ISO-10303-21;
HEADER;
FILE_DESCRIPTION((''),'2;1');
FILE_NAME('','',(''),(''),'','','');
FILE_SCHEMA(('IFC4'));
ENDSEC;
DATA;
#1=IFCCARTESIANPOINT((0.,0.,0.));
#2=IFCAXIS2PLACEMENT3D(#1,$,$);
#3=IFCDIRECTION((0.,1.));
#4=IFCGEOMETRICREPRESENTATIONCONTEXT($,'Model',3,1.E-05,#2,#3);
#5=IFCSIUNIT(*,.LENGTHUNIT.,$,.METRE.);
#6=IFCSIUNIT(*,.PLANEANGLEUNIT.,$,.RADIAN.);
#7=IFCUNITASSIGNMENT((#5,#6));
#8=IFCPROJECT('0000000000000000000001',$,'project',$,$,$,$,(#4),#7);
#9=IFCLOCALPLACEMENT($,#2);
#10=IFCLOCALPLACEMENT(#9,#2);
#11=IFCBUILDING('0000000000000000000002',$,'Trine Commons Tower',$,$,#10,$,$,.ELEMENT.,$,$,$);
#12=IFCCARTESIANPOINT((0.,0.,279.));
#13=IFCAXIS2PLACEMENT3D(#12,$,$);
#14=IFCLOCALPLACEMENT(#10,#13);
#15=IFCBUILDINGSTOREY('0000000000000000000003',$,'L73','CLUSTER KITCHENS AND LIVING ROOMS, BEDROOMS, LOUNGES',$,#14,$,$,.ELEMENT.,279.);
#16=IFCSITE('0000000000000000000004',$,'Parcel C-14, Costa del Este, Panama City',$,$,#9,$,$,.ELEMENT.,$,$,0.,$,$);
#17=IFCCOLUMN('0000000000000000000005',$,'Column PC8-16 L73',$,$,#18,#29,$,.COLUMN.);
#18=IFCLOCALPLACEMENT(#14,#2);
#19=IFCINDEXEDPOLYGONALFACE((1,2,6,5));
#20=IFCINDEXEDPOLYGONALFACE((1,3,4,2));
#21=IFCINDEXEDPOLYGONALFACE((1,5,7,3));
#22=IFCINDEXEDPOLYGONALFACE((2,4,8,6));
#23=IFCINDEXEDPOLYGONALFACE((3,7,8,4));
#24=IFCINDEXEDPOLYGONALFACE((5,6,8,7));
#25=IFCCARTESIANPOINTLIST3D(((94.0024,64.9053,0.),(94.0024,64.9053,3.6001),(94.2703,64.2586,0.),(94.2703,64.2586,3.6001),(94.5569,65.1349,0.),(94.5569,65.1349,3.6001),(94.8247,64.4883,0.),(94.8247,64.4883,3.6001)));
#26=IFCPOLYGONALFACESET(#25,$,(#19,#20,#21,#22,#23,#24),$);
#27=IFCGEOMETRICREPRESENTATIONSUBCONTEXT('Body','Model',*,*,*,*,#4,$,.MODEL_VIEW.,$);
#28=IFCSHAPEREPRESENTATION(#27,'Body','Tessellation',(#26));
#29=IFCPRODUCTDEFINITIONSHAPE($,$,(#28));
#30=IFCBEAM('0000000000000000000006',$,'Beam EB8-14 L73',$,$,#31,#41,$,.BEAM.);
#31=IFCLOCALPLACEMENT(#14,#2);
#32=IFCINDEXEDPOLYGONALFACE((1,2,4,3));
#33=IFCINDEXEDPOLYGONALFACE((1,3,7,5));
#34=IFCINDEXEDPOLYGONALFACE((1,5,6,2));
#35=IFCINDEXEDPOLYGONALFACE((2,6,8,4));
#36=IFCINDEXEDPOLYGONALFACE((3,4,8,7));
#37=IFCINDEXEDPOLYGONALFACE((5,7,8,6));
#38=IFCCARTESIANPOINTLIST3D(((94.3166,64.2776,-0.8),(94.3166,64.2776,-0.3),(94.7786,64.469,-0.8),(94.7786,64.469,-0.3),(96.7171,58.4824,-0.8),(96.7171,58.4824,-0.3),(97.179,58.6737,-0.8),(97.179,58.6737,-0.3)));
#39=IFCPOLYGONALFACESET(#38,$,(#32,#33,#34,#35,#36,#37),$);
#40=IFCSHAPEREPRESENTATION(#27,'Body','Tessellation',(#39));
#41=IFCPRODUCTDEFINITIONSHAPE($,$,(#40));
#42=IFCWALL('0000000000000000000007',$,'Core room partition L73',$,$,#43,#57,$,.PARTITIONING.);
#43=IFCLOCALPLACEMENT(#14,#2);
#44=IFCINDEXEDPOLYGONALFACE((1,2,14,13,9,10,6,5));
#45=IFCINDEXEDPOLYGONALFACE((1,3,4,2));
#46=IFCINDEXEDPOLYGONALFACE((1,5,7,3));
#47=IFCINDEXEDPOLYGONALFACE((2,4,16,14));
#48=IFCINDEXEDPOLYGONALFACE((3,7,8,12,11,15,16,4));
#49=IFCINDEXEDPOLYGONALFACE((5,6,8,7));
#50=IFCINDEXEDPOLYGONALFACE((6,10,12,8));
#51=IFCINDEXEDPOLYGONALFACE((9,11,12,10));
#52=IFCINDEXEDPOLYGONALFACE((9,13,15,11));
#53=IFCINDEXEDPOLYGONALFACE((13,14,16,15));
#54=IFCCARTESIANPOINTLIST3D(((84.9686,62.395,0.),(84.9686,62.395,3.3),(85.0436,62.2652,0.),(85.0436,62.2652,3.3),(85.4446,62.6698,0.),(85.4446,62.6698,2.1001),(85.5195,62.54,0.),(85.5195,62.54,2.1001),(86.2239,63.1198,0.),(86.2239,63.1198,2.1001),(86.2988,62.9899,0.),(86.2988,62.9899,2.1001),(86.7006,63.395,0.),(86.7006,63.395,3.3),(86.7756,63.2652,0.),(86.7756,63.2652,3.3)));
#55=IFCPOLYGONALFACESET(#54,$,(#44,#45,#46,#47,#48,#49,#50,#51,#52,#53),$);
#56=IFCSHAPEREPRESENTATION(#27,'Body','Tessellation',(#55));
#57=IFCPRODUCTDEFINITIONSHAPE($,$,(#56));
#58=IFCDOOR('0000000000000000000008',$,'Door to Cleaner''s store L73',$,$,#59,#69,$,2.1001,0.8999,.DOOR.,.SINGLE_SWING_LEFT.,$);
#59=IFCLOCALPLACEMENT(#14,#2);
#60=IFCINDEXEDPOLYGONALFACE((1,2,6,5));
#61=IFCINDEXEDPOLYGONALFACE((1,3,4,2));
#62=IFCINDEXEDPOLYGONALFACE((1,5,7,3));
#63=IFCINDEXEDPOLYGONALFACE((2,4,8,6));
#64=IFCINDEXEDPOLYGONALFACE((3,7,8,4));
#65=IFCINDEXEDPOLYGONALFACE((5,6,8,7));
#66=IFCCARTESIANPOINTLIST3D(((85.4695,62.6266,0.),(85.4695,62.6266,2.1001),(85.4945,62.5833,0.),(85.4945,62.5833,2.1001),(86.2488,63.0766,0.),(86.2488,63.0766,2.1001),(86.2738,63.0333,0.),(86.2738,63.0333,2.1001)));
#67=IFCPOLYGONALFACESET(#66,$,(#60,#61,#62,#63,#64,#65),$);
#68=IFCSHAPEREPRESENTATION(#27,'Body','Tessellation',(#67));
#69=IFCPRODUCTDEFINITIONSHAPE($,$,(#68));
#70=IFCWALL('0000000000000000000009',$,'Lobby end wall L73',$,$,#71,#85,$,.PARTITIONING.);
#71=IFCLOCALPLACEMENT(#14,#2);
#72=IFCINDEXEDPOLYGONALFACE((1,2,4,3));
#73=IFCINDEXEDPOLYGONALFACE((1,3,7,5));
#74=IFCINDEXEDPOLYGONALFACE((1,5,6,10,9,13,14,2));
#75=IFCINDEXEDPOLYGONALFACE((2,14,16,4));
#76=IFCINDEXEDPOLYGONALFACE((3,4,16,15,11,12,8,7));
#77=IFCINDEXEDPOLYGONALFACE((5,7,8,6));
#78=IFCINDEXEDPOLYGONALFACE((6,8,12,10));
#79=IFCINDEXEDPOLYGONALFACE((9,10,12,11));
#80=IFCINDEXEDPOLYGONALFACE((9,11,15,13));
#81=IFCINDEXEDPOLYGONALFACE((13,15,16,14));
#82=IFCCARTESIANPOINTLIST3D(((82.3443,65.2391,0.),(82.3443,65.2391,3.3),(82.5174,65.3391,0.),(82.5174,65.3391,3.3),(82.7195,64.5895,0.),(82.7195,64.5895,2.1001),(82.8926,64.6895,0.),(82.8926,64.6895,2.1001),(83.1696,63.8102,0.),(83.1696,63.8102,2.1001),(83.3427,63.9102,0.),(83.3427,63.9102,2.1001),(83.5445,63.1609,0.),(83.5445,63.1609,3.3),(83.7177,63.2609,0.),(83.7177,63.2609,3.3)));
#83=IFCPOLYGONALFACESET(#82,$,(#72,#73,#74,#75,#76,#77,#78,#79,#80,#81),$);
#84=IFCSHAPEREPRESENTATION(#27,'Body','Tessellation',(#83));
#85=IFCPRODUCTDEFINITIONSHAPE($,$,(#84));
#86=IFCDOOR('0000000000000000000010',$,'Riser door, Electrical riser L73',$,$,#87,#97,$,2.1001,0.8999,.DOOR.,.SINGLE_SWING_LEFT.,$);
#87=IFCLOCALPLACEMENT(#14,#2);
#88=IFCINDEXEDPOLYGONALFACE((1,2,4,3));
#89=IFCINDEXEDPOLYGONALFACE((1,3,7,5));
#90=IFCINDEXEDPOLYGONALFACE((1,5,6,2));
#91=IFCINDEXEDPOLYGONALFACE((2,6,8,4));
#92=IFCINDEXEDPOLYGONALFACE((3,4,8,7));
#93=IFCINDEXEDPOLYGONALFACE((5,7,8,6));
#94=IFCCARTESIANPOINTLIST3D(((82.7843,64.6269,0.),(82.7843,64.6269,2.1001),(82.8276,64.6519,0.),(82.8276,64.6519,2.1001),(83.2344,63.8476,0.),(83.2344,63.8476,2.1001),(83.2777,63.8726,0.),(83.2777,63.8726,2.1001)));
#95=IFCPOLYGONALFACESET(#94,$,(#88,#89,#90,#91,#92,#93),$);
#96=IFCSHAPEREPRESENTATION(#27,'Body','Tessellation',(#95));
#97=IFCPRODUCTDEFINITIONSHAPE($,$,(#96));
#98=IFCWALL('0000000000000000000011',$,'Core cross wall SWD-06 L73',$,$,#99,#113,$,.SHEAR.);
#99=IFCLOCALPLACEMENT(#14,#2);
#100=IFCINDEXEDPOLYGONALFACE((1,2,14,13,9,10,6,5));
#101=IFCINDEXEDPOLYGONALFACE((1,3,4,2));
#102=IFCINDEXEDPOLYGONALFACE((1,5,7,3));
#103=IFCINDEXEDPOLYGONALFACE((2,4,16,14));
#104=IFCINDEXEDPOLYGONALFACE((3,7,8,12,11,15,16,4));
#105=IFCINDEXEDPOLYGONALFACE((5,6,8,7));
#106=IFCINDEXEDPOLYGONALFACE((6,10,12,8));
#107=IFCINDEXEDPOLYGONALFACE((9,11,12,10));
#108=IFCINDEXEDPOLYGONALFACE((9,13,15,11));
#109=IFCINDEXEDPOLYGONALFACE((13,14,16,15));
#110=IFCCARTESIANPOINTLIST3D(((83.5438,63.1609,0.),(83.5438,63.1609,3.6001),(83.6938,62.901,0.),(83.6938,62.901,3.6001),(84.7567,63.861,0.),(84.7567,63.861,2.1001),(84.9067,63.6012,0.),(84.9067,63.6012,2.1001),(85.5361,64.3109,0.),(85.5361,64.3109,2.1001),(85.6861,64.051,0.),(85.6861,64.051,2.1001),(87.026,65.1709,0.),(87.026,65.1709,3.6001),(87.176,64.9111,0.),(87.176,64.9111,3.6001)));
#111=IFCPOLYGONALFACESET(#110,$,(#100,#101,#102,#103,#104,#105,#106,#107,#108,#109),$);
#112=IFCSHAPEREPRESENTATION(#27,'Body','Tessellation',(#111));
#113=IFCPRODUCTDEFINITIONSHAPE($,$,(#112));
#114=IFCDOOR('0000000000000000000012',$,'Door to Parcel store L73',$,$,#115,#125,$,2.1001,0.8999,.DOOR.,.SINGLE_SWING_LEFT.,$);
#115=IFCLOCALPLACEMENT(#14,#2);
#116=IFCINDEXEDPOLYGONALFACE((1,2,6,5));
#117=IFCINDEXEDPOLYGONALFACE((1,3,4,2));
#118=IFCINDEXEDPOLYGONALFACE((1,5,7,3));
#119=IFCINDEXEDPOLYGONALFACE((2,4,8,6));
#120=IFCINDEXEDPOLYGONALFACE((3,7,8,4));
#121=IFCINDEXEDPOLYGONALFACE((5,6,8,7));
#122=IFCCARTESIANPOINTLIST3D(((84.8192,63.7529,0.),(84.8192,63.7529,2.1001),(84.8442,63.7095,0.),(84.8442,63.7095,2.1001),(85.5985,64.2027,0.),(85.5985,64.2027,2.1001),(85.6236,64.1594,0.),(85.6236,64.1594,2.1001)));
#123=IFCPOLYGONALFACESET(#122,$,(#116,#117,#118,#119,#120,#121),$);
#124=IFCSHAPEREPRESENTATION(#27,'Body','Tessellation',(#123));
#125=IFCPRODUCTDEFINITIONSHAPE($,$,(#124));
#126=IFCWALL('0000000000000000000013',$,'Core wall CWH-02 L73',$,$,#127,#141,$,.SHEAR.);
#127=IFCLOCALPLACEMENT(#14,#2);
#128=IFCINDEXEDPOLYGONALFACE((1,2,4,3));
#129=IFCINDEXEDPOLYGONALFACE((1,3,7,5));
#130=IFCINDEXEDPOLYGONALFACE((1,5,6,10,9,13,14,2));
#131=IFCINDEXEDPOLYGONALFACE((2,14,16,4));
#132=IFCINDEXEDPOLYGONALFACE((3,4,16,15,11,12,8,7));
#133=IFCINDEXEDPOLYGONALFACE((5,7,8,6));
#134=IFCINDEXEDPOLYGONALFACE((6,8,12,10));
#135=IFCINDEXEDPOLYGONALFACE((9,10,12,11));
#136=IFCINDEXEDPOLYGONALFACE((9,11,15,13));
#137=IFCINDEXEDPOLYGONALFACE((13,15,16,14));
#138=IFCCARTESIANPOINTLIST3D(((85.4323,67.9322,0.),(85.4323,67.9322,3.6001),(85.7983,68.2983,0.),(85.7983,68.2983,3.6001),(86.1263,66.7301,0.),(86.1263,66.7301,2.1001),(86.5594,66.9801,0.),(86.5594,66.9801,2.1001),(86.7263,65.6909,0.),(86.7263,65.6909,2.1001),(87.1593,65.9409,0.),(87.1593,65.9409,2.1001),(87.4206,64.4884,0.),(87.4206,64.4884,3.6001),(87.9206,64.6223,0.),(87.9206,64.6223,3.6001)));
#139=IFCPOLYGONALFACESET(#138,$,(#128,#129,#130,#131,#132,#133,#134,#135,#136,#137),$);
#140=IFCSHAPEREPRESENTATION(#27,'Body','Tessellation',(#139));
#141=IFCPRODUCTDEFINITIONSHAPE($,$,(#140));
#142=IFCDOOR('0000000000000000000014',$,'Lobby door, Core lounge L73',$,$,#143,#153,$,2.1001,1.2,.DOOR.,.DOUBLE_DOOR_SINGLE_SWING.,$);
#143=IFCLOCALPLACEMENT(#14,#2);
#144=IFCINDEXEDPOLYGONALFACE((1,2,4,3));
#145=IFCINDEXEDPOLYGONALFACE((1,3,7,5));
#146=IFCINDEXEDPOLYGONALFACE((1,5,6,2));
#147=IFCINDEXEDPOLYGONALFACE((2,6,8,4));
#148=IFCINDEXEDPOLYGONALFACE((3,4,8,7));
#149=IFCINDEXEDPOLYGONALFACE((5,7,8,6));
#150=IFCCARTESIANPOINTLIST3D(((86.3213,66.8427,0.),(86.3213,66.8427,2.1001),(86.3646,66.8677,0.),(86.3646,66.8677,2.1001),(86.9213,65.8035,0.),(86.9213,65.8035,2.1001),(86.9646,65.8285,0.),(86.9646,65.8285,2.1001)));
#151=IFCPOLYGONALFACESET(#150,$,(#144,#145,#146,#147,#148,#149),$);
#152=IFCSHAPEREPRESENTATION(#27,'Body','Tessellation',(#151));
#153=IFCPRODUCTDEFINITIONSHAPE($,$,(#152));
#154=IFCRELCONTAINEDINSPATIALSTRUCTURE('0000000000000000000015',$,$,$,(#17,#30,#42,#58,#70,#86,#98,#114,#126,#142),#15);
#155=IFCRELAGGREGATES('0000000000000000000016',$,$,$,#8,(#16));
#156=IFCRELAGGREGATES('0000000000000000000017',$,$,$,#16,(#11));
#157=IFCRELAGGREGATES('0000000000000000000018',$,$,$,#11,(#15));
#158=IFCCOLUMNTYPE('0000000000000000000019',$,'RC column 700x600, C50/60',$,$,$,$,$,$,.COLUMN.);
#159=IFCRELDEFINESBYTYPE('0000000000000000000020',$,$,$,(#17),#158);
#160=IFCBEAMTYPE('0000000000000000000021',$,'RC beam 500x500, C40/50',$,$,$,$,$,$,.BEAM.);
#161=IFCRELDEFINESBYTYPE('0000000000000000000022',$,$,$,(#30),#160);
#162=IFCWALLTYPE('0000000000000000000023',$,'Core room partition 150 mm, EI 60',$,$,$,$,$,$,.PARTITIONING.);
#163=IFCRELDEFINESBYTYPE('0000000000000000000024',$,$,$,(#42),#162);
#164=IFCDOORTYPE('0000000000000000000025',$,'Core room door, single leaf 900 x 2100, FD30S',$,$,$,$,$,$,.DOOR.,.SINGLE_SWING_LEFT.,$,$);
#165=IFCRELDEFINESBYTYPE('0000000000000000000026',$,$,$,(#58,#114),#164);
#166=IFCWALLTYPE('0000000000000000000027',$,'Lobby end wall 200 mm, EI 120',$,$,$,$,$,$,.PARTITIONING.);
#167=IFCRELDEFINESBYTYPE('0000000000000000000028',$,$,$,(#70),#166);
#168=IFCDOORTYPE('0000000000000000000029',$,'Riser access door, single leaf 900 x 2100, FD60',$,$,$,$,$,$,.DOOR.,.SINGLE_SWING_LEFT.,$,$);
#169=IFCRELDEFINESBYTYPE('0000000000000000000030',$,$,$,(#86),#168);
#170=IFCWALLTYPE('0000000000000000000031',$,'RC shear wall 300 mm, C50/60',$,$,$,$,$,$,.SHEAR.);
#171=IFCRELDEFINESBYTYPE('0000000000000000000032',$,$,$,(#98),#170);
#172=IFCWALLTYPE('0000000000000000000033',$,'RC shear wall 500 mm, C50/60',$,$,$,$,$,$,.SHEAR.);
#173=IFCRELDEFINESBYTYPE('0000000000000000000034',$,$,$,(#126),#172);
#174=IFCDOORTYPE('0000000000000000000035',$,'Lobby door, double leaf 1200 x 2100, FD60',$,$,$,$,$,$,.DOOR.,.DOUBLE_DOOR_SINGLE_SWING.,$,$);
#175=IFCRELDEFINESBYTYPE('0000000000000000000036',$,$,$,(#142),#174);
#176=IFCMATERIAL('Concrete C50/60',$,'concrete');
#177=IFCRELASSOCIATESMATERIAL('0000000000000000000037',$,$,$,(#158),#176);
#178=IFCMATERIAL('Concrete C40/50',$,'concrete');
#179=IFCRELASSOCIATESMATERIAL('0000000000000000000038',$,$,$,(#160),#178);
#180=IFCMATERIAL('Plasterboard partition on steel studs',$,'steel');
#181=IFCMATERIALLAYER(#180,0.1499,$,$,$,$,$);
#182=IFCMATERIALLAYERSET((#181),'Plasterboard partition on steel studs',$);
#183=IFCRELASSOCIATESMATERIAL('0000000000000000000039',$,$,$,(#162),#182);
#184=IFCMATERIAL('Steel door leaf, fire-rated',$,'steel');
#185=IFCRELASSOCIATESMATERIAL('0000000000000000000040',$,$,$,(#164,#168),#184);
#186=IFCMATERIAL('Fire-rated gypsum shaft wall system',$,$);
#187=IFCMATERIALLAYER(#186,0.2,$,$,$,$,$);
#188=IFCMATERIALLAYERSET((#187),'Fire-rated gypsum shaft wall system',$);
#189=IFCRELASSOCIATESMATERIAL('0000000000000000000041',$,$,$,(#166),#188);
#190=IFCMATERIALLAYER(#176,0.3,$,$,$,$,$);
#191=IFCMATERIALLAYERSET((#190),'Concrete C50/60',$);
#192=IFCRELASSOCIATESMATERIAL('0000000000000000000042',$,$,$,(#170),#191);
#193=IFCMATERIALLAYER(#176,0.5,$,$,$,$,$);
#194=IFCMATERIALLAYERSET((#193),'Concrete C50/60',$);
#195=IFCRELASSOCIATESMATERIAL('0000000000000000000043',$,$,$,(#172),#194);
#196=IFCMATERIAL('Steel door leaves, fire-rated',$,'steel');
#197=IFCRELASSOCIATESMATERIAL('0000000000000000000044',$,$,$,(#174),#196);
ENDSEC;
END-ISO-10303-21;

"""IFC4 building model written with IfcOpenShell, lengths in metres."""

from ifc_helpers import new_model, si_unit, direction, frame, frame_2d, origin, origin_2d, place, context, subcontext, project, spatial, polyline, rectangle, outline, extrude, material, layer, layer_set, material_profile, profile_set, type_object, element, fill, save


model = new_model("IFC4")

# Units and contexts
model_context = context("Model", 3, precision=1e-05, world=origin(), true_north=direction((0.0, 1.0)))
body_context = subcontext(model_context, "Body", "Model", "MODEL_VIEW")
ifc_project = project(units=[si_unit("LENGTHUNIT", "METRE"), si_unit("PLANEANGLEUNIT", "RADIAN")], contexts=[model_context])

# Site, building, storey
site_placement = place(None, origin())
site = spatial("IfcSite", under=ifc_project, at=site_placement, Name="Parcel C-14, Costa del Este, Panama City", CompositionType="ELEMENT", RefElevation=0.0)
building_placement = place(site_placement, origin())
building = spatial("IfcBuilding", under=site, at=building_placement, Name="Trine Commons Tower", CompositionType="ELEMENT")
storey_placement = place(building_placement, frame((0.0, 0.0, 279.0)))
storey = spatial("IfcBuildingStorey", under=building, at=storey_placement, Name="L73", Description="CLUSTER KITCHENS AND LIVING ROOMS, BEDROOMS, LOUNGES", CompositionType="ELEMENT", Elevation=279.0)

# Column
ifc_material_1 = material(Name="Concrete C50/60", Category="concrete")
ifc_material_profile_1 = material_profile(ifc_material_1, rectangle(XDim=0.7, YDim=0.6001, at=origin_2d()), Name="RC 700x600")
ifc_profile_set_1 = profile_set([ifc_material_profile_1], Name="Concrete C50/60")
column_type = type_object("IfcColumnType", Name="RC column 700x600, C50/60", PredefinedType="COLUMN", material=ifc_profile_set_1)
column_placement = place(storey_placement, frame((94.4136, 64.6968, 0.0), z_axis=(0.0, 0.0, 1.0), x_axis=(-0.382683, 0.92388, 0.0)))
element("IfcColumn", 1, at=column_placement, inside=storey, type_object=column_type, Name="Column PC8-16 L73", PredefinedType="COLUMN", context=body_context, shape_type="SweptSolid", body=[
    extrude(rectangle(XDim=0.7, YDim=0.6001, at=origin_2d()), origin(), (0.0, 0.0, 1.0), 3.6001),
])

# Beam
ifc_material_2 = material(Name="Concrete C40/50", Category="concrete")
ifc_material_profile_2 = material_profile(ifc_material_2, rectangle(XDim=0.5, YDim=0.5, at=origin_2d()), Name="RC 500x500")
ifc_profile_set_2 = profile_set([ifc_material_profile_2], Name="Concrete C40/50")
beam_type = type_object("IfcBeamType", Name="RC beam 500x500, C40/50", PredefinedType="BEAM", material=ifc_profile_set_2)
beam_placement = place(storey_placement, frame((94.5476, 64.3733, -0.55), z_axis=(0.382677, -0.923882, 0.0), x_axis=(0.923882, 0.382677, 0.0)))
element("IfcBeam", 2, at=beam_placement, inside=storey, type_object=beam_type, Name="Beam EB8-14 L73", PredefinedType="BEAM", context=body_context, shape_type="SweptSolid", body=[
    extrude(rectangle(XDim=0.5, YDim=0.5, at=origin_2d()), origin(), (0.0, 0.0, 1.0), 6.2727),
])

# Walls, openings, doors
ifc_material_3 = material(Name="Plasterboard partition on steel studs", Category="steel")
ifc_layer_1 = layer(ifc_material_3, 0.1499)
ifc_layer_set_1 = layer_set([ifc_layer_1], Name="Plasterboard partition on steel studs")
wall_type_1 = type_object("IfcWallType", Name="Core room partition 150 mm, EI 60", PredefinedType="PARTITIONING", material=ifc_layer_set_1)
wall_1_placement = place(storey_placement, frame((85.0061, 62.3301, 0.0), z_axis=(0.0, 0.0, 1.0), x_axis=(0.866011, 0.500025, 0.0)))
wall_1 = element("IfcWall", 3, at=wall_1_placement, inside=storey, type_object=wall_type_1, Name="Core room partition L73", PredefinedType="PARTITIONING", context=body_context, shape_type="SweptSolid", body=[
    extrude(rectangle(XDim=2.0, YDim=0.1499, at=frame_2d((1.0, 0.0))), origin(), (0.0, 0.0, 1.0), 3.3),
])
opening_1_placement = place(wall_1_placement, frame((0.5496, 0.0, 0.0)))
opening_1 = element("IfcOpeningElement", 4, at=opening_1_placement, cuts=wall_1, PredefinedType="OPENING", context=body_context, shape_type="SweptSolid", body=[
    extrude(rectangle(XDim=0.8999, YDim=2.1001, at=frame_2d((0.45, 1.05))), frame((0.0, 0.085, 0.0), z_axis=(0.0, -1.0, 0.0), x_axis=(1.0, 0.0, 0.0)), (0.0, 0.0, 1.0), 0.1699),
])
ifc_material_4 = material(Name="Steel door leaf, fire-rated", Category="steel")
door_type_1 = type_object("IfcDoorType", Name="Core room door, single leaf 900 x 2100, FD30S", OperationType="SINGLE_SWING_LEFT", PredefinedType="DOOR", material=ifc_material_4)
door_1_placement = place(opening_1_placement, frame((0.8999, 0.0, 0.0), z_axis=(0.0, 0.0, 1.0), x_axis=(-1.0, 0.0, 0.0)))
door_1 = element("IfcDoor", 5, at=door_1_placement, inside=storey, type_object=door_type_1, Name="Door to Cleaner's store L73", OperationType="SINGLE_SWING_LEFT", OverallHeight=2.1001, OverallWidth=0.8999, PredefinedType="DOOR", context=body_context, shape_type="SweptSolid", body=[
    extrude(rectangle(XDim=0.8999, YDim=2.1001, at=frame_2d((0.45, 1.05))), frame((0.0, 0.0249, 0.0), z_axis=(0.0, -1.0, 0.0), x_axis=(1.0, 0.0, 0.0)), (0.0, 0.0, 1.0), 0.05),
])
fill(opening_1, door_1)
ifc_material_5 = material(Name="Fire-rated gypsum shaft wall system")
ifc_layer_2 = layer(ifc_material_5, 0.2)
ifc_layer_set_2 = layer_set([ifc_layer_2], Name="Fire-rated gypsum shaft wall system")
wall_type_2 = type_object("IfcWallType", Name="Lobby end wall 200 mm, EI 120", PredefinedType="PARTITIONING", material=ifc_layer_set_2)
wall_2_placement = place(storey_placement, frame((83.6311, 63.2109, 0.0), z_axis=(0.0, 0.0, 1.0), x_axis=(-0.500122, 0.865955, 0.0)))
wall_2 = element("IfcWall", 6, at=wall_2_placement, inside=storey, type_object=wall_type_2, Name="Lobby end wall L73", PredefinedType="PARTITIONING", context=body_context, shape_type="SweptSolid", body=[
    extrude(rectangle(XDim=2.3999, YDim=0.2, at=frame_2d((1.2, 0.0))), origin(), (0.0, 0.0, 1.0), 3.3),
])
opening_2_placement = place(wall_2_placement, frame((0.7498, 0.0, 0.0)))
opening_2 = element("IfcOpeningElement", 7, at=opening_2_placement, cuts=wall_2, PredefinedType="OPENING", context=body_context, shape_type="SweptSolid", body=[
    extrude(rectangle(XDim=0.8999, YDim=2.1001, at=frame_2d((0.45, 1.05))), frame((0.0, 0.1099, 0.0), z_axis=(0.0, -1.0, 0.0), x_axis=(1.0, 0.0, 0.0)), (0.0, 0.0, 1.0), 0.22),
])
door_type_2 = type_object("IfcDoorType", Name="Riser access door, single leaf 900 x 2100, FD60", OperationType="SINGLE_SWING_LEFT", PredefinedType="DOOR", material=ifc_material_4)
door_2_placement = place(opening_2_placement, frame((0.8999, 0.0, 0.0), z_axis=(0.0, 0.0, 1.0), x_axis=(-1.0, 0.0, 0.0)))
door_2 = element("IfcDoor", 8, at=door_2_placement, inside=storey, type_object=door_type_2, Name="Riser door, Electrical riser L73", OperationType="SINGLE_SWING_LEFT", OverallHeight=2.1001, OverallWidth=0.8999, PredefinedType="DOOR", context=body_context, shape_type="SweptSolid", body=[
    extrude(rectangle(XDim=0.8999, YDim=2.1001, at=frame_2d((0.45, 1.05))), frame((0.0, 0.0249, 0.0), z_axis=(0.0, -1.0, 0.0), x_axis=(1.0, 0.0, 0.0)), (0.0, 0.0, 1.0), 0.05),
])
fill(opening_2, door_2)
ifc_layer_3 = layer(ifc_material_1, 0.3)
ifc_layer_set_3 = layer_set([ifc_layer_3], Name="Concrete C50/60")
wall_type_3 = type_object("IfcWallType", Name="RC shear wall 300 mm, C50/60", PredefinedType="SHEAR", material=ifc_layer_set_3)
wall_3_placement = place(storey_placement, frame((83.6189, 63.031, 0.0), z_axis=(0.0, 0.0, 1.0), x_axis=(0.866071, 0.49992, 0.0)))
wall_3 = element("IfcWall", 9, at=wall_3_placement, inside=storey, type_object=wall_type_3, Name="Core cross wall SWD-06 L73", PredefinedType="SHEAR", context=body_context, shape_type="SweptSolid", body=[
    extrude(rectangle(XDim=4.0208, YDim=0.3, at=frame_2d((2.0103, 0.0))), origin(), (0.0, 0.0, 1.0), 3.6001),
])
opening_3_placement = place(wall_3_placement, frame((1.4004, 0.0, 0.0)))
opening_3 = element("IfcOpeningElement", 10, at=opening_3_placement, cuts=wall_3, PredefinedType="OPENING", context=body_context, shape_type="SweptSolid", body=[
    extrude(rectangle(XDim=0.8999, YDim=2.1001, at=frame_2d((0.45, 1.05))), frame((0.0, 0.1599, 0.0), z_axis=(0.0, -1.0, 0.0), x_axis=(1.0, 0.0, 0.0)), (0.0, 0.0, 1.0), 0.3201),
])
door_3_placement = place(opening_3_placement, frame((0.8999, 0.0, 0.0), z_axis=(0.0, 0.0, 1.0), x_axis=(-1.0, 0.0, 0.0)))
door_3 = element("IfcDoor", 11, at=door_3_placement, inside=storey, type_object=door_type_1, Name="Door to Parcel store L73", OperationType="SINGLE_SWING_LEFT", OverallHeight=2.1001, OverallWidth=0.8999, PredefinedType="DOOR", context=body_context, shape_type="SweptSolid", body=[
    extrude(rectangle(XDim=0.8999, YDim=2.1001, at=frame_2d((0.45, 1.05))), frame((0.0, 0.0249, 0.0), z_axis=(0.0, -1.0, 0.0), x_axis=(1.0, 0.0, 0.0)), (0.0, 0.0, 1.0), 0.05),
])
fill(opening_3, door_3)
ifc_layer_4 = layer(ifc_material_1, 0.5)
ifc_layer_set_4 = layer_set([ifc_layer_4], Name="Concrete C50/60")
wall_type_4 = type_object("IfcWallType", Name="RC shear wall 500 mm, C50/60", PredefinedType="SHEAR", material=ifc_layer_set_4)
wall_4_placement = place(storey_placement, frame((87.7041, 64.4973, 0.0), z_axis=(0.0, 0.0, 1.0), x_axis=(-0.499993, 0.866029, 0.0)))
wall_4 = element("IfcWall", 12, at=wall_4_placement, inside=storey, type_object=wall_type_4, Name="Core wall CWH-02 L73", PredefinedType="SHEAR", context=body_context, shape_type="SweptSolid", body=[
    extrude(outline(polyline([(0.0, -0.25), (4.2446, -0.25), (4.1106, 0.25), (0.134, 0.25), (0.0, -0.25)])), origin(), (0.0, 0.0, 1.0), 3.6001),
])
opening_4_placement = place(wall_4_placement, frame((1.5225, 0.0, 0.0)))
opening_4 = element("IfcOpeningElement", 13, at=opening_4_placement, cuts=wall_4, PredefinedType="OPENING", context=body_context, shape_type="SweptSolid", body=[
    extrude(rectangle(XDim=1.2, YDim=2.1001, at=frame_2d((0.6001, 1.05))), frame((0.0, 0.26, 0.0), z_axis=(0.0, -1.0, 0.0), x_axis=(1.0, 0.0, 0.0)), (0.0, 0.0, 1.0), 0.52),
])
ifc_material_6 = material(Name="Steel door leaves, fire-rated", Category="steel")
door_type_3 = type_object("IfcDoorType", Name="Lobby door, double leaf 1200 x 2100, FD60", OperationType="DOUBLE_DOOR_SINGLE_SWING", PredefinedType="DOOR", material=ifc_material_6)
door_4_placement = place(opening_4_placement, origin())
door_4 = element("IfcDoor", 14, at=door_4_placement, inside=storey, type_object=door_type_3, Name="Lobby door, Core lounge L73", OperationType="DOUBLE_DOOR_SINGLE_SWING", OverallHeight=2.1001, OverallWidth=1.2, PredefinedType="DOOR", context=body_context, shape_type="SweptSolid", body=[
    extrude(rectangle(XDim=1.2, YDim=2.1001, at=frame_2d((0.6001, 1.05))), frame((0.0, 0.0249, 0.0), z_axis=(0.0, -1.0, 0.0), x_axis=(1.0, 0.0, 0.0)), (0.0, 0.0, 1.0), 0.05),
])
fill(opening_4, door_4)

save(model, "model.ifc")
